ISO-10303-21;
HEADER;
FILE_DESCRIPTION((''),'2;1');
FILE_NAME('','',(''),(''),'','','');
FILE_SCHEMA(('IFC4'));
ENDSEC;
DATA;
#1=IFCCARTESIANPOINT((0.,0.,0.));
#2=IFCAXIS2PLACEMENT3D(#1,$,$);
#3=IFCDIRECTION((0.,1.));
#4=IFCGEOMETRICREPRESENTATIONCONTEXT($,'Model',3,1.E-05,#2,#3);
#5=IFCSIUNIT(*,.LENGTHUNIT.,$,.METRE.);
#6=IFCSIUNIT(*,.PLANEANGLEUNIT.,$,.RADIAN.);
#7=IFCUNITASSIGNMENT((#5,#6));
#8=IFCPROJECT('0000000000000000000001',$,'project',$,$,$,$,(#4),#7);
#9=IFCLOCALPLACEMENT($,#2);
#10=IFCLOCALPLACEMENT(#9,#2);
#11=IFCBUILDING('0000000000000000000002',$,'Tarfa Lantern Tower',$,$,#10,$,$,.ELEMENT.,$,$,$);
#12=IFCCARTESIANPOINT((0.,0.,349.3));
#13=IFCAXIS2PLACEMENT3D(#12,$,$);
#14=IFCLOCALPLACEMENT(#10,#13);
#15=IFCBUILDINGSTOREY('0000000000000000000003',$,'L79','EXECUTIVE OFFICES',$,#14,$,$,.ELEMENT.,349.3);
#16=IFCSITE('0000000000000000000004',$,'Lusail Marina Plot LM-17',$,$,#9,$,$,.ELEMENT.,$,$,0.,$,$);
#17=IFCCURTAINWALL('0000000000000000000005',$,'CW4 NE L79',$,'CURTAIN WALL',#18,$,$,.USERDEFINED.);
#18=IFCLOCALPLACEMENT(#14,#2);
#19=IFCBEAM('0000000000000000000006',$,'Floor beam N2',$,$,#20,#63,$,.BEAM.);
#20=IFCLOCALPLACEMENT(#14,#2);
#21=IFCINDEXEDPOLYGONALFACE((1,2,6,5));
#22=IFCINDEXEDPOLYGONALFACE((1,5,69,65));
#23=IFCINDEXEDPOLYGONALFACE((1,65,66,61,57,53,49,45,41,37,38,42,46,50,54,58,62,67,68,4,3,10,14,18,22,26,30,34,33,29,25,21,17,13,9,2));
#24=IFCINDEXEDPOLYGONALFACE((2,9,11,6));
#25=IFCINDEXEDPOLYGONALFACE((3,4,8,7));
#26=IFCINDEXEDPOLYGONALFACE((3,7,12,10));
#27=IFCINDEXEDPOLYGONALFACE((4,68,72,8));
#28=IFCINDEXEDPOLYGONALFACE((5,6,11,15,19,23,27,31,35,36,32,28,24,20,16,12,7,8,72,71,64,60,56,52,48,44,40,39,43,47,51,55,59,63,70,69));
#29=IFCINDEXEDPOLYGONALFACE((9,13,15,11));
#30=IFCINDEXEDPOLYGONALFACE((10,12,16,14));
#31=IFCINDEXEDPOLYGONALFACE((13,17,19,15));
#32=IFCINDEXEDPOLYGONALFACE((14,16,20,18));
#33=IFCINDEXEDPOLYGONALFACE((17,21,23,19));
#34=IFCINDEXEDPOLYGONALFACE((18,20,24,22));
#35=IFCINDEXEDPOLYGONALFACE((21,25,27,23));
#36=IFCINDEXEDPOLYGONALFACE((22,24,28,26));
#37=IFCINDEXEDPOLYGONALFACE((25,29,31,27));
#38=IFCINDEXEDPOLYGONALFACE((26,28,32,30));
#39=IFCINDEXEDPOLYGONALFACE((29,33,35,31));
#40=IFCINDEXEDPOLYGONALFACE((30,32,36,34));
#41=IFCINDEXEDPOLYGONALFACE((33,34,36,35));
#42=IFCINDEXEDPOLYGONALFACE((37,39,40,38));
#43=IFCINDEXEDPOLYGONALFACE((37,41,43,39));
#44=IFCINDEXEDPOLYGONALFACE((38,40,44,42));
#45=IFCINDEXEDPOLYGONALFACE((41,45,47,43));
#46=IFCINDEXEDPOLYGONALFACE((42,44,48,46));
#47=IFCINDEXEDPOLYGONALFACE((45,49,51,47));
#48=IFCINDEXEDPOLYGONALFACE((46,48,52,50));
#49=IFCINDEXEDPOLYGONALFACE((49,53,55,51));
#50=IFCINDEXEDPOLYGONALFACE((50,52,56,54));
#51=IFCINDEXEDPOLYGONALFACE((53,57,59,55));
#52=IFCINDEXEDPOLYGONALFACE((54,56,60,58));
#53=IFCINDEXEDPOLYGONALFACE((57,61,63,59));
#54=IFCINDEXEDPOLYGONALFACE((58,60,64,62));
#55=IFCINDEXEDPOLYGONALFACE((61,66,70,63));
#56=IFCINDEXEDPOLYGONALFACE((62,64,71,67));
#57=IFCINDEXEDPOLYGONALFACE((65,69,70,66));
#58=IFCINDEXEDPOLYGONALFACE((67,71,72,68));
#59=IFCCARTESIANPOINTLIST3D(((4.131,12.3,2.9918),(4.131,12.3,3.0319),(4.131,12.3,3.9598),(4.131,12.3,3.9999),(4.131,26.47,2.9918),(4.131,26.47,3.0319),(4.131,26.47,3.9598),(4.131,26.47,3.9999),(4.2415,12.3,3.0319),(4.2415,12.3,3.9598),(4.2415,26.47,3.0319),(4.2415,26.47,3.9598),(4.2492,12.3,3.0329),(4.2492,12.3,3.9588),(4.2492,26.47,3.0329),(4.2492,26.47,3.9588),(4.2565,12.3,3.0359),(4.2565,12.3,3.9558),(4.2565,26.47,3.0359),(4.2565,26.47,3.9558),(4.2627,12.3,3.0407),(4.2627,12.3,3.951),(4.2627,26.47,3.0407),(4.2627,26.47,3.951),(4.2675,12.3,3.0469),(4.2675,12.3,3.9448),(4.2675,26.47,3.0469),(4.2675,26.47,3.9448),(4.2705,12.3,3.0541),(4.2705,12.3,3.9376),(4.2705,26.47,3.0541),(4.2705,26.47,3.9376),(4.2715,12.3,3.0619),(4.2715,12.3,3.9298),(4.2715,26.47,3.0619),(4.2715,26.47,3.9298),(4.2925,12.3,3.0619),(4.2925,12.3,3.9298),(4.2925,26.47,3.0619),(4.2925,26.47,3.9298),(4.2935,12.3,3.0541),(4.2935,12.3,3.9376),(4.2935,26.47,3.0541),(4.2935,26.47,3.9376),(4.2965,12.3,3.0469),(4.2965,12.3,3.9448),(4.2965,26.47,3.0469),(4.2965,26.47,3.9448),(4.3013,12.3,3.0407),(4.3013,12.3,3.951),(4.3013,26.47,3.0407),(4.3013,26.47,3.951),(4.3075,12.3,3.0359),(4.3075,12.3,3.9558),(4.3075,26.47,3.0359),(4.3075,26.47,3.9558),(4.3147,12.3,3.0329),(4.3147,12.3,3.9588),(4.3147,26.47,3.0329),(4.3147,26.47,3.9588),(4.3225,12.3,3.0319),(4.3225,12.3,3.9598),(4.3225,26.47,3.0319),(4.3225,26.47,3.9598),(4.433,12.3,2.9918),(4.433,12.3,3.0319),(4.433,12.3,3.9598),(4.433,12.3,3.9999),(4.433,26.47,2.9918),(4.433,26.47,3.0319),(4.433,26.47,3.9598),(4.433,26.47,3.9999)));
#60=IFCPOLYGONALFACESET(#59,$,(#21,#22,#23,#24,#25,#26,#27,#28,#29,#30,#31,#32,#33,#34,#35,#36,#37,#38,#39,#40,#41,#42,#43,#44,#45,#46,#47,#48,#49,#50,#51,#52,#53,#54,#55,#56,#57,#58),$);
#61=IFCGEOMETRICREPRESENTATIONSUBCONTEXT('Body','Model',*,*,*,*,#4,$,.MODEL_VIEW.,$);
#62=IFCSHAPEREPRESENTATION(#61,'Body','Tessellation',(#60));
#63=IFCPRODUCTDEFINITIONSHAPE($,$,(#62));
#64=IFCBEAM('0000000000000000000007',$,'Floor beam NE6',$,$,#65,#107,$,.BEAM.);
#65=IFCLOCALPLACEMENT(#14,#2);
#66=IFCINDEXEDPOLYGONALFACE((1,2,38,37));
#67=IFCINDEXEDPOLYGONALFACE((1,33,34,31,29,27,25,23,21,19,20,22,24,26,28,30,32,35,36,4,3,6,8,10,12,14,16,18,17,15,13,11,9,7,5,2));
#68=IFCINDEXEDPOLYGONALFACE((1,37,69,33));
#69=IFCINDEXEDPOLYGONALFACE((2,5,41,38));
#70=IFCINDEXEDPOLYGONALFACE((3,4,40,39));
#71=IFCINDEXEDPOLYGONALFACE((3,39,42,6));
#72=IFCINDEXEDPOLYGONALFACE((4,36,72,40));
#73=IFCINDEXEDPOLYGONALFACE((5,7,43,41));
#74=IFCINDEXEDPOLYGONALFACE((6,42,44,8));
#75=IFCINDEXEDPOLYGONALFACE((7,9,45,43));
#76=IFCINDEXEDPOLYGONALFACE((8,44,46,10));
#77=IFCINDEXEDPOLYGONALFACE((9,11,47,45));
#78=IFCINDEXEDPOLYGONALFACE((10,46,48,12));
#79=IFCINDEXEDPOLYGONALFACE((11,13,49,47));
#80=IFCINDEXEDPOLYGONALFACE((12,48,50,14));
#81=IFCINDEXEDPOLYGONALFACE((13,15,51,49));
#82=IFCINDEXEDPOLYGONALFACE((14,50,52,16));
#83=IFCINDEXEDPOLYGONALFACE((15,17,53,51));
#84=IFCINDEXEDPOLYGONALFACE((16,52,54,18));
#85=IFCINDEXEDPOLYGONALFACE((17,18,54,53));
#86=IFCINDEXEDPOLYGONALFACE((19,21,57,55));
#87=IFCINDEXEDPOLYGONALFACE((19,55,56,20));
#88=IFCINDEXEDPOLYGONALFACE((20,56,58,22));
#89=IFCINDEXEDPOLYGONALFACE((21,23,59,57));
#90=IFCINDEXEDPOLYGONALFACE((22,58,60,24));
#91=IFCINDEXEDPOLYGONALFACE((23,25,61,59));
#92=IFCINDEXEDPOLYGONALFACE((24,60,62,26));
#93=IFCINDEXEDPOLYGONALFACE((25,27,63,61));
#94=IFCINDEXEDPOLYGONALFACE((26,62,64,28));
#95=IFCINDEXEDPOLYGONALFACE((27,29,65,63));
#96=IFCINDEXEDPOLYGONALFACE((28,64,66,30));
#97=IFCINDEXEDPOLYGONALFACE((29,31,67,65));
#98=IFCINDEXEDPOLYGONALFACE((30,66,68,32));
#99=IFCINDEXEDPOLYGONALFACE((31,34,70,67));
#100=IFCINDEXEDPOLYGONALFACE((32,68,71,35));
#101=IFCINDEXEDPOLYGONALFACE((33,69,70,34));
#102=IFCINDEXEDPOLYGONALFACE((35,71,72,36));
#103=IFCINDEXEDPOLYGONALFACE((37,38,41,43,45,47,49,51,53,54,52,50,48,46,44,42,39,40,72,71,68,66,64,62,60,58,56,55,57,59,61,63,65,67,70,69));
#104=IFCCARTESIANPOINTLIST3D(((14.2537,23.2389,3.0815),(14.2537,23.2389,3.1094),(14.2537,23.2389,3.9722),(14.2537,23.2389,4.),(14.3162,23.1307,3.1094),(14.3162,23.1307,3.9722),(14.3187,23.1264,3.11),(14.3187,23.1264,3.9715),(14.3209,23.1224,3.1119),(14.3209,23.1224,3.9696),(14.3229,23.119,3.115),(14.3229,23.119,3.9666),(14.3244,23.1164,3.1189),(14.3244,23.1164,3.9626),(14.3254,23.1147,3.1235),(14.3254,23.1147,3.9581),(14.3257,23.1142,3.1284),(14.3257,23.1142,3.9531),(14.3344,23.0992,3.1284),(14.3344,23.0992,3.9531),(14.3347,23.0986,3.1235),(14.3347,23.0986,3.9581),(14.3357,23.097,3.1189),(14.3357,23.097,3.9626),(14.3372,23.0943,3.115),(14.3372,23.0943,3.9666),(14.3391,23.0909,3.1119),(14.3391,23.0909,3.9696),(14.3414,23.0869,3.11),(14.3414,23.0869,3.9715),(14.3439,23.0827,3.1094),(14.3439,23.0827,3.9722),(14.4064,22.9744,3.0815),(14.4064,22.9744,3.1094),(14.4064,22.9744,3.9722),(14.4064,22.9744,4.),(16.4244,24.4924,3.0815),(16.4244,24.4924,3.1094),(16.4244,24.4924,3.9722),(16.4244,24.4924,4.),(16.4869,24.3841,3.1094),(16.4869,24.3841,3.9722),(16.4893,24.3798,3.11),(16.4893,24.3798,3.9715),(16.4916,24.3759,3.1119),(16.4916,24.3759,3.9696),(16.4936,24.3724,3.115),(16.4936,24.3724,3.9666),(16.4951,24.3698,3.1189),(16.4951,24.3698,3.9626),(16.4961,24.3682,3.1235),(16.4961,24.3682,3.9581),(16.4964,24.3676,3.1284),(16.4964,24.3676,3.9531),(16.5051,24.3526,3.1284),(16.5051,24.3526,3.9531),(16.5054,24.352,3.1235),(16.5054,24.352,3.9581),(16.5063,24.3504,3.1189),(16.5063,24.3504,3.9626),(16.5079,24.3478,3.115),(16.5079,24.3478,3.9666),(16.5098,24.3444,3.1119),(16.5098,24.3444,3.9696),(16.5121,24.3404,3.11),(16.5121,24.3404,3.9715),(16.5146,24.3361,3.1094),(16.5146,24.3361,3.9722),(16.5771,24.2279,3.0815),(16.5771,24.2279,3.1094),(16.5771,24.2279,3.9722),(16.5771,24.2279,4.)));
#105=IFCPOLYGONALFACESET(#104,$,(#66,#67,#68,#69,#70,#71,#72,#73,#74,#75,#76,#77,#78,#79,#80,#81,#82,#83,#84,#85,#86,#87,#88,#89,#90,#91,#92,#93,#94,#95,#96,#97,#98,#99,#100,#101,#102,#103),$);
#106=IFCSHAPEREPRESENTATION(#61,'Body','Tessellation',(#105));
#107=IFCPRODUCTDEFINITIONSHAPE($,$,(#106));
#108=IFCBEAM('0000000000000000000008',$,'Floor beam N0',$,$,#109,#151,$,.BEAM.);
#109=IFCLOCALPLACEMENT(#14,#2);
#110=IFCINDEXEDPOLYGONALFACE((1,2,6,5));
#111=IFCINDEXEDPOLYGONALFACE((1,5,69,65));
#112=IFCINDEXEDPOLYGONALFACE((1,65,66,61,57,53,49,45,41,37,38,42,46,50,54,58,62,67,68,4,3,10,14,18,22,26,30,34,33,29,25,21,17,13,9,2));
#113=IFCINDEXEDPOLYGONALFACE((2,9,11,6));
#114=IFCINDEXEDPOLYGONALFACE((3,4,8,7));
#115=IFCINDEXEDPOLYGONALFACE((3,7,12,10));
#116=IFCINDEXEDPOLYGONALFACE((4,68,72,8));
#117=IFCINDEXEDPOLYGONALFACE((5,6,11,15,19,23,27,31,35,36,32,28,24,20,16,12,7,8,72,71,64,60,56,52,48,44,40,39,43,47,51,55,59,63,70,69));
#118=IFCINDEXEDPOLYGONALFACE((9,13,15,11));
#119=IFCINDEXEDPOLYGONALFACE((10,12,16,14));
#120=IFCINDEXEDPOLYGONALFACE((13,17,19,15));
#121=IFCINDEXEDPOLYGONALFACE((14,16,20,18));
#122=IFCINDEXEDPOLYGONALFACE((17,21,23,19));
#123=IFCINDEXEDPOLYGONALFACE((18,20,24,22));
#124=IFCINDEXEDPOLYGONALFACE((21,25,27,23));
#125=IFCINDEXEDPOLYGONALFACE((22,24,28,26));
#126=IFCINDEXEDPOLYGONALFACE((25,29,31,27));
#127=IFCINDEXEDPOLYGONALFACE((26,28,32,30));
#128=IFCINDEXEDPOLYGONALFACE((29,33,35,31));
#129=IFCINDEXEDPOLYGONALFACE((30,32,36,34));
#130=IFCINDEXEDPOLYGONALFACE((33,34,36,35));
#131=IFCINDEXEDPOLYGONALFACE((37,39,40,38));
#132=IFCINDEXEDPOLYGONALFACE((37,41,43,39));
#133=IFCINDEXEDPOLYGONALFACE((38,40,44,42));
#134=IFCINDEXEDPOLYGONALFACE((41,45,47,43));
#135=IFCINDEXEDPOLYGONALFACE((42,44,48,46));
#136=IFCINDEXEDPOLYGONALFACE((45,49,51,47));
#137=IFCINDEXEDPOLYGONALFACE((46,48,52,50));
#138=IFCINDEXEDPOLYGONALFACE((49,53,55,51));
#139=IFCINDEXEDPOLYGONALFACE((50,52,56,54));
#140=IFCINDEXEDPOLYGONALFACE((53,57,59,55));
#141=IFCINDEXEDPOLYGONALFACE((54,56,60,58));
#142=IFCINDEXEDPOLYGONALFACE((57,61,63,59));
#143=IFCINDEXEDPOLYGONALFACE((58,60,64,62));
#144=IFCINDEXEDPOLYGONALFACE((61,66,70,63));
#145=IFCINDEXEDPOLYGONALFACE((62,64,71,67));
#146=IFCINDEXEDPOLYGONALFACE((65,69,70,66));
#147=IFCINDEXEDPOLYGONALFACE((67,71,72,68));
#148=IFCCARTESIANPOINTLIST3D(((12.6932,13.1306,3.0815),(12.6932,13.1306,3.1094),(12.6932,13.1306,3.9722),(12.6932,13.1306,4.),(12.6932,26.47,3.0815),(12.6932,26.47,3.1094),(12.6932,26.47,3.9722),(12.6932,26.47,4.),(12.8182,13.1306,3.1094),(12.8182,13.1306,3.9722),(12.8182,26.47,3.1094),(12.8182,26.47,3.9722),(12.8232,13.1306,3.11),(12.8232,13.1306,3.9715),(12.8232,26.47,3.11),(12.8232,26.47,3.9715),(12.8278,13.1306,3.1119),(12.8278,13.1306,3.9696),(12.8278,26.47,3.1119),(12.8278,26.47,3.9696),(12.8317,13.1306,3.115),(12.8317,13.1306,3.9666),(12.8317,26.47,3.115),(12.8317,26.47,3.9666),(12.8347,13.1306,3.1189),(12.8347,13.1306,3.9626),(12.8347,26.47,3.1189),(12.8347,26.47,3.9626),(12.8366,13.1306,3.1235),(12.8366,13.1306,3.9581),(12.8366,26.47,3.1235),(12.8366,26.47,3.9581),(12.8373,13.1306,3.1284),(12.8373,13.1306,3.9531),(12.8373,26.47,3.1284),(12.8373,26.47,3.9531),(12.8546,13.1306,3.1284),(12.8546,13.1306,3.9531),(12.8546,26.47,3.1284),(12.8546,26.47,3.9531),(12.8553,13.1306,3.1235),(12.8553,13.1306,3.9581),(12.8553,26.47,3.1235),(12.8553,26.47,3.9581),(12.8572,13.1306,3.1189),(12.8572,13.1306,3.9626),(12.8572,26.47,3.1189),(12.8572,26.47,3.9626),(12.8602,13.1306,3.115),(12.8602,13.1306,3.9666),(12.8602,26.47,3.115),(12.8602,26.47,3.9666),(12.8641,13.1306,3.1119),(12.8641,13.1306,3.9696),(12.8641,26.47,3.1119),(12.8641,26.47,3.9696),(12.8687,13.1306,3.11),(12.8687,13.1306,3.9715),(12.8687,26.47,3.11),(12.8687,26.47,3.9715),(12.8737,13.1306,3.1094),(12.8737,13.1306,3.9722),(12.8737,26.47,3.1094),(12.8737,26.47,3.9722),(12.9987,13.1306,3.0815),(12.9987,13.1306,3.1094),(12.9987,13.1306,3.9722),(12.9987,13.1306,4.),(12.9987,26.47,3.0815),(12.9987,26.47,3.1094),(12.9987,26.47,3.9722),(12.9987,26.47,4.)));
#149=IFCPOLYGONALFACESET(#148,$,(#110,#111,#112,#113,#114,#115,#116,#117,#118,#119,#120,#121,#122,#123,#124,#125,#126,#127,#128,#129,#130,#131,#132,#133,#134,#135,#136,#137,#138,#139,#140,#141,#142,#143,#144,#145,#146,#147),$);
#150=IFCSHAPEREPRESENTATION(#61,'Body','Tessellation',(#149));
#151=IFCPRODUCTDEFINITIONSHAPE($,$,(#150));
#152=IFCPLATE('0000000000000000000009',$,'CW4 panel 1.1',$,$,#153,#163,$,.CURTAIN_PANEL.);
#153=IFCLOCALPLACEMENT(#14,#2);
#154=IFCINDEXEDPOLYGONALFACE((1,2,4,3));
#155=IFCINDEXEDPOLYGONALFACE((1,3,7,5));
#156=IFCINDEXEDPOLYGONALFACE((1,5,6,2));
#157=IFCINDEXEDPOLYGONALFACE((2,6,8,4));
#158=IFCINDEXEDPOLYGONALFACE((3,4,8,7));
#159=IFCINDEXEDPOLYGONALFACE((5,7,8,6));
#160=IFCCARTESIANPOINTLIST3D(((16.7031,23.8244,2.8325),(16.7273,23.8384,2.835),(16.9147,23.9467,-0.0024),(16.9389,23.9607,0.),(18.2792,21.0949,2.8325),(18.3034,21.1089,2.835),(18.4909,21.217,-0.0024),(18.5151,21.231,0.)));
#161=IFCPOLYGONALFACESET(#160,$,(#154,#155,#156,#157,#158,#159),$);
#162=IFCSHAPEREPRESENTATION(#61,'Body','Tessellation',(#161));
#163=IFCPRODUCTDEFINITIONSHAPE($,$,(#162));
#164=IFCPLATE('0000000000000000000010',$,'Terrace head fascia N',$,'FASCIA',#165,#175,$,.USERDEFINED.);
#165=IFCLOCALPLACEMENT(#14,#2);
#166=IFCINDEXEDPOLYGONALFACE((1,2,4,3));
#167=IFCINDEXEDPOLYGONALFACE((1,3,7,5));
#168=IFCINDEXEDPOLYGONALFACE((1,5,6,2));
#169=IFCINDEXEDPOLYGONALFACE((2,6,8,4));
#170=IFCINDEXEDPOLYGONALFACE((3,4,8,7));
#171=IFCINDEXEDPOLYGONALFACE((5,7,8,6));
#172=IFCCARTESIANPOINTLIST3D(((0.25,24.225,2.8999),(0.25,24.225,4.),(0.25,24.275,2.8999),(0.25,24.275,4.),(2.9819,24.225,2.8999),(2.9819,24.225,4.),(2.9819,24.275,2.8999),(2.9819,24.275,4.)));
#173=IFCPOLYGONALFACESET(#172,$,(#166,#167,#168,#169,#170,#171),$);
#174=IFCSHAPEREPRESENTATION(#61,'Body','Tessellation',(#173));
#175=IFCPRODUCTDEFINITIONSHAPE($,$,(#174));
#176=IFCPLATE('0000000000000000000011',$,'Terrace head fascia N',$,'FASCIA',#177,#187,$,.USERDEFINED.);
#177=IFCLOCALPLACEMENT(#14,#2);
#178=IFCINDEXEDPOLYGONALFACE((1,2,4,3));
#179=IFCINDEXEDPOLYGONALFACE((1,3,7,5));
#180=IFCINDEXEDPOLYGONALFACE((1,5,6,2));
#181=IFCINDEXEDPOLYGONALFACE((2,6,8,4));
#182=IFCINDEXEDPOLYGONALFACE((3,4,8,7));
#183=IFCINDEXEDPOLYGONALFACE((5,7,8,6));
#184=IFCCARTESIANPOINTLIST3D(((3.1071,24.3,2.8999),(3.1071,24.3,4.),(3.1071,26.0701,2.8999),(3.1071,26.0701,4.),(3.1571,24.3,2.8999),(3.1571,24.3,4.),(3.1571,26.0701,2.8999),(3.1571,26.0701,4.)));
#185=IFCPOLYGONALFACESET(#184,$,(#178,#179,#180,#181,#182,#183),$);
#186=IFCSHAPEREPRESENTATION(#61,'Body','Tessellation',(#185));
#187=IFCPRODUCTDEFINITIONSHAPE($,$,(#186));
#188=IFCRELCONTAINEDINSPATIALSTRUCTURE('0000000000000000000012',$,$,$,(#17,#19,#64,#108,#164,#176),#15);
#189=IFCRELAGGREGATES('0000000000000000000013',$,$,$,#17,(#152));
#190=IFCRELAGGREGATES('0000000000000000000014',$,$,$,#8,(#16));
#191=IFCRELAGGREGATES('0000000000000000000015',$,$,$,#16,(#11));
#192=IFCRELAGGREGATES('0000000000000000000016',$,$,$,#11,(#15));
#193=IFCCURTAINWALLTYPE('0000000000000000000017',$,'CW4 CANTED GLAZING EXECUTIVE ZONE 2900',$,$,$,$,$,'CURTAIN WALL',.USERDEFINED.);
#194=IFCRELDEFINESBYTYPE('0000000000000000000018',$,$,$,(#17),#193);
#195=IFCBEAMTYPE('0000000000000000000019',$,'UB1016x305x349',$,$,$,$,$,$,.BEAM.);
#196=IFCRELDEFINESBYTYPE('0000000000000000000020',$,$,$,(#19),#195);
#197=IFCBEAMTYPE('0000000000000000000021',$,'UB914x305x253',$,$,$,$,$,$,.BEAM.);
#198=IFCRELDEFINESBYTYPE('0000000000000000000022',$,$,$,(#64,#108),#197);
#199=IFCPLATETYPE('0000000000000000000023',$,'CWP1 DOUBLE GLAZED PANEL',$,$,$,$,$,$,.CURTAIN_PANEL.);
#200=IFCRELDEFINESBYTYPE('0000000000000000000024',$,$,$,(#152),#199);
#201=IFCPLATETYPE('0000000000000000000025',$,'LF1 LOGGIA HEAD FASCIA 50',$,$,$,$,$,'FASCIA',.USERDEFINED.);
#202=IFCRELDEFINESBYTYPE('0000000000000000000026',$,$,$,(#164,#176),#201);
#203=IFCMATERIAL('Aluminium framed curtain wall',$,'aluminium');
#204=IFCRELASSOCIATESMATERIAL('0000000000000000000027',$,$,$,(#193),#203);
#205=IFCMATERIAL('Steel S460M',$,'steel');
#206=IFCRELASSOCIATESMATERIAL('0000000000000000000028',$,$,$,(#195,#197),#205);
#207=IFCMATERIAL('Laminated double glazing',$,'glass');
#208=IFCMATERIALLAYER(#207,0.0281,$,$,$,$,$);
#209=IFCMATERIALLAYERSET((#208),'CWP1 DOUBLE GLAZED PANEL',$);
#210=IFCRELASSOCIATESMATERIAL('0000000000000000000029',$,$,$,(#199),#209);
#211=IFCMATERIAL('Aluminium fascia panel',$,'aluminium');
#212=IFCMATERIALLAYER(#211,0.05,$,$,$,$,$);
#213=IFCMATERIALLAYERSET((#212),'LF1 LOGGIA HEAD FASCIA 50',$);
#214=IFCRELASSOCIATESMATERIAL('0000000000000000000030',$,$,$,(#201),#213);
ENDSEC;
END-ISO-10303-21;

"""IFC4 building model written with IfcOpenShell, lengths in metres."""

from ifc_helpers import new_model, si_unit, direction, frame, origin, origin_2d, place, context, subcontext, project, spatial, polyline, rectangle, i_section, outline, extrude, material, layer, layer_set, material_profile, profile_set, type_object, element, aggregate, save


model = new_model("IFC4")

# Units and contexts
model_context = context("Model", 3, precision=1e-05, world=origin(), true_north=direction((0.0, 1.0)))
body_context = subcontext(model_context, "Body", "Model", "MODEL_VIEW")
ifc_project = project(units=[si_unit("LENGTHUNIT", "METRE"), si_unit("PLANEANGLEUNIT", "RADIAN")], contexts=[model_context])

# Site, building, storey
site_placement = place(None, origin())
site = spatial("IfcSite", under=ifc_project, at=site_placement, Name="Lusail Marina Plot LM-17", CompositionType="ELEMENT", RefElevation=0.0)
building_placement = place(site_placement, origin())
building = spatial("IfcBuilding", under=site, at=building_placement, Name="Tarfa Lantern Tower", CompositionType="ELEMENT")
storey_placement = place(building_placement, frame((0.0, 0.0, 349.3)))
storey = spatial("IfcBuildingStorey", under=building, at=storey_placement, Name="L79", Description="EXECUTIVE OFFICES", CompositionType="ELEMENT", Elevation=349.3)

# Curtain wall
ifc_material_1 = material(Name="Aluminium framed curtain wall", Category="aluminium")
curtain_wall_type = type_object("IfcCurtainWallType", Name="CW4 CANTED GLAZING EXECUTIVE ZONE 2900", ElementType="CURTAIN WALL", PredefinedType="USERDEFINED", material=ifc_material_1)
curtain_wall_placement = place(storey_placement, origin())
curtain_wall = element("IfcCurtainWall", 1, at=curtain_wall_placement, inside=storey, type_object=curtain_wall_type, Name="CW4 NE L79", ObjectType="CURTAIN WALL", PredefinedType="USERDEFINED")

# Beams
ifc_material_2 = material(Name="Steel S460M", Category="steel")
ifc_material_profile_1 = material_profile(ifc_material_2, i_section(OverallWidth=0.302, OverallDepth=1.0081, WebThickness=0.021, FlangeThickness=0.04, FilletRadius=0.03, at=origin_2d()), Name="UB1016x305x349")
ifc_profile_set_1 = profile_set([ifc_material_profile_1], Name="Steel S460M")
beam_type_1 = type_object("IfcBeamType", Name="UB1016x305x349", PredefinedType="BEAM", material=ifc_profile_set_1)
for number, where, z_axis, x_axis, name in (
    (2, (4.282, 26.47, 3.4958), (0.0, -1.0, 0.0), (1.0, 0.0, 0.0), "Floor beam N2"),
):
    element("IfcBeam", number, at=place(storey_placement, frame(where, z_axis=z_axis, x_axis=x_axis)), inside=storey, type_object=beam_type_1, Name=name, PredefinedType="BEAM", context=body_context, shape_type="SweptSolid", body=[
        extrude(i_section(OverallWidth=0.302, OverallDepth=1.0081, WebThickness=0.021, FlangeThickness=0.04, FilletRadius=0.03, at=origin_2d()), origin(), (0.0, 0.0, 1.0), 14.1699),
    ])
ifc_material_profile_2 = material_profile(ifc_material_2, i_section(OverallWidth=0.3054, OverallDepth=0.9185, WebThickness=0.0173, FlangeThickness=0.0278, FilletRadius=0.019, at=origin_2d()), Name="UB914x305x253")
ifc_profile_set_2 = profile_set([ifc_material_profile_2], Name="Steel S460M")
beam_type_2 = type_object("IfcBeamType", Name="UB914x305x253", PredefinedType="BEAM", material=ifc_profile_set_2)
beam_1_placement = place(storey_placement, frame((16.5007, 24.3601, 3.5408), z_axis=(-0.865993, -0.500057, 0.0), x_axis=(0.500057, -0.865993, 0.0)))
element("IfcBeam", 3, at=beam_1_placement, inside=storey, type_object=beam_type_2, Name="Floor beam NE6", PredefinedType="BEAM", context=body_context, shape_type="SweptSolid", body=[
    extrude(i_section(OverallWidth=0.3054, OverallDepth=0.9185, WebThickness=0.0173, FlangeThickness=0.0278, FilletRadius=0.019, at=origin_2d()), origin(), (0.0, 0.0, 1.0), 2.5066),
])
beam_2_placement = place(storey_placement, frame((12.8459, 26.47, 3.5408), z_axis=(0.0, -1.0, 0.0), x_axis=(1.0, 0.0, 0.0)))
element("IfcBeam", 4, at=beam_2_placement, inside=storey, type_object=beam_type_2, Name="Floor beam N0", PredefinedType="BEAM", context=body_context, shape_type="SweptSolid", body=[
    extrude(i_section(OverallWidth=0.3054, OverallDepth=0.9185, WebThickness=0.0173, FlangeThickness=0.0278, FilletRadius=0.019, at=origin_2d()), origin(), (0.0, 0.0, 1.0), 13.3394),
])

# Plate
ifc_material_3 = material(Name="Laminated double glazing", Category="glass")
ifc_layer_1 = layer(ifc_material_3, 0.0281)
ifc_layer_set_1 = layer_set([ifc_layer_1], Name="CWP1 DOUBLE GLAZED PANEL")
plate_type_1 = type_object("IfcPlateType", Name="CWP1 DOUBLE GLAZED PANEL", PredefinedType="CURTAIN_PANEL", material=ifc_layer_set_1)
plate_1_placement = place(storey_placement, frame((18.5151, 21.231, 0.0), z_axis=(0.862794, 0.498206, 0.085893), x_axis=(-0.500054, 0.865994, -0.000002)))
plate_1 = element("IfcPlate", 5, at=plate_1_placement, type_object=plate_type_1, Name="CW4 panel 1.1", PredefinedType="CURTAIN_PANEL", context=body_context, shape_type="SweptSolid", body=[
    extrude(outline(polyline([(0.0, 0.0), (3.1521, 0.0), (3.152, 2.8455), (0.0001, 2.8455), (0.0, 0.0)])), origin(), (0.0, 0.0, -1.0), 0.0281),
])
aggregate(curtain_wall, [plate_1])

# Plates
ifc_material_4 = material(Name="Aluminium fascia panel", Category="aluminium")
ifc_layer_2 = layer(ifc_material_4, 0.05)
ifc_layer_set_2 = layer_set([ifc_layer_2], Name="LF1 LOGGIA HEAD FASCIA 50")
plate_type_2 = type_object("IfcPlateType", Name="LF1 LOGGIA HEAD FASCIA 50", ElementType="FASCIA", PredefinedType="USERDEFINED", material=ifc_layer_set_2)
plate_2_placement = place(storey_placement, frame((1.616, 24.25, 2.8999), z_axis=(0.0, 0.0, 1.0), x_axis=(-1.0, 0.0, 0.0)))
element("IfcPlate", 6, at=plate_2_placement, inside=storey, type_object=plate_type_2, Name="Terrace head fascia N", ObjectType="FASCIA", PredefinedType="USERDEFINED", context=body_context, shape_type="SweptSolid", body=[
    extrude(rectangle(XDim=2.7319, YDim=0.05, at=origin_2d()), origin(), (0.0, 0.0, 1.0), 1.1001),
])
plate_3_placement = place(storey_placement, frame((3.1321, 25.1851, 2.8999), z_axis=(0.0, 0.0, 1.0), x_axis=(0.0, -1.0, 0.0)))
element("IfcPlate", 7, at=plate_3_placement, inside=storey, type_object=plate_type_2, Name="Terrace head fascia N", ObjectType="FASCIA", PredefinedType="USERDEFINED", context=body_context, shape_type="SweptSolid", body=[
    extrude(rectangle(XDim=1.77, YDim=0.05, at=origin_2d()), origin(), (0.0, 0.0, 1.0), 1.1001),
])

save(model, "model.ifc")
